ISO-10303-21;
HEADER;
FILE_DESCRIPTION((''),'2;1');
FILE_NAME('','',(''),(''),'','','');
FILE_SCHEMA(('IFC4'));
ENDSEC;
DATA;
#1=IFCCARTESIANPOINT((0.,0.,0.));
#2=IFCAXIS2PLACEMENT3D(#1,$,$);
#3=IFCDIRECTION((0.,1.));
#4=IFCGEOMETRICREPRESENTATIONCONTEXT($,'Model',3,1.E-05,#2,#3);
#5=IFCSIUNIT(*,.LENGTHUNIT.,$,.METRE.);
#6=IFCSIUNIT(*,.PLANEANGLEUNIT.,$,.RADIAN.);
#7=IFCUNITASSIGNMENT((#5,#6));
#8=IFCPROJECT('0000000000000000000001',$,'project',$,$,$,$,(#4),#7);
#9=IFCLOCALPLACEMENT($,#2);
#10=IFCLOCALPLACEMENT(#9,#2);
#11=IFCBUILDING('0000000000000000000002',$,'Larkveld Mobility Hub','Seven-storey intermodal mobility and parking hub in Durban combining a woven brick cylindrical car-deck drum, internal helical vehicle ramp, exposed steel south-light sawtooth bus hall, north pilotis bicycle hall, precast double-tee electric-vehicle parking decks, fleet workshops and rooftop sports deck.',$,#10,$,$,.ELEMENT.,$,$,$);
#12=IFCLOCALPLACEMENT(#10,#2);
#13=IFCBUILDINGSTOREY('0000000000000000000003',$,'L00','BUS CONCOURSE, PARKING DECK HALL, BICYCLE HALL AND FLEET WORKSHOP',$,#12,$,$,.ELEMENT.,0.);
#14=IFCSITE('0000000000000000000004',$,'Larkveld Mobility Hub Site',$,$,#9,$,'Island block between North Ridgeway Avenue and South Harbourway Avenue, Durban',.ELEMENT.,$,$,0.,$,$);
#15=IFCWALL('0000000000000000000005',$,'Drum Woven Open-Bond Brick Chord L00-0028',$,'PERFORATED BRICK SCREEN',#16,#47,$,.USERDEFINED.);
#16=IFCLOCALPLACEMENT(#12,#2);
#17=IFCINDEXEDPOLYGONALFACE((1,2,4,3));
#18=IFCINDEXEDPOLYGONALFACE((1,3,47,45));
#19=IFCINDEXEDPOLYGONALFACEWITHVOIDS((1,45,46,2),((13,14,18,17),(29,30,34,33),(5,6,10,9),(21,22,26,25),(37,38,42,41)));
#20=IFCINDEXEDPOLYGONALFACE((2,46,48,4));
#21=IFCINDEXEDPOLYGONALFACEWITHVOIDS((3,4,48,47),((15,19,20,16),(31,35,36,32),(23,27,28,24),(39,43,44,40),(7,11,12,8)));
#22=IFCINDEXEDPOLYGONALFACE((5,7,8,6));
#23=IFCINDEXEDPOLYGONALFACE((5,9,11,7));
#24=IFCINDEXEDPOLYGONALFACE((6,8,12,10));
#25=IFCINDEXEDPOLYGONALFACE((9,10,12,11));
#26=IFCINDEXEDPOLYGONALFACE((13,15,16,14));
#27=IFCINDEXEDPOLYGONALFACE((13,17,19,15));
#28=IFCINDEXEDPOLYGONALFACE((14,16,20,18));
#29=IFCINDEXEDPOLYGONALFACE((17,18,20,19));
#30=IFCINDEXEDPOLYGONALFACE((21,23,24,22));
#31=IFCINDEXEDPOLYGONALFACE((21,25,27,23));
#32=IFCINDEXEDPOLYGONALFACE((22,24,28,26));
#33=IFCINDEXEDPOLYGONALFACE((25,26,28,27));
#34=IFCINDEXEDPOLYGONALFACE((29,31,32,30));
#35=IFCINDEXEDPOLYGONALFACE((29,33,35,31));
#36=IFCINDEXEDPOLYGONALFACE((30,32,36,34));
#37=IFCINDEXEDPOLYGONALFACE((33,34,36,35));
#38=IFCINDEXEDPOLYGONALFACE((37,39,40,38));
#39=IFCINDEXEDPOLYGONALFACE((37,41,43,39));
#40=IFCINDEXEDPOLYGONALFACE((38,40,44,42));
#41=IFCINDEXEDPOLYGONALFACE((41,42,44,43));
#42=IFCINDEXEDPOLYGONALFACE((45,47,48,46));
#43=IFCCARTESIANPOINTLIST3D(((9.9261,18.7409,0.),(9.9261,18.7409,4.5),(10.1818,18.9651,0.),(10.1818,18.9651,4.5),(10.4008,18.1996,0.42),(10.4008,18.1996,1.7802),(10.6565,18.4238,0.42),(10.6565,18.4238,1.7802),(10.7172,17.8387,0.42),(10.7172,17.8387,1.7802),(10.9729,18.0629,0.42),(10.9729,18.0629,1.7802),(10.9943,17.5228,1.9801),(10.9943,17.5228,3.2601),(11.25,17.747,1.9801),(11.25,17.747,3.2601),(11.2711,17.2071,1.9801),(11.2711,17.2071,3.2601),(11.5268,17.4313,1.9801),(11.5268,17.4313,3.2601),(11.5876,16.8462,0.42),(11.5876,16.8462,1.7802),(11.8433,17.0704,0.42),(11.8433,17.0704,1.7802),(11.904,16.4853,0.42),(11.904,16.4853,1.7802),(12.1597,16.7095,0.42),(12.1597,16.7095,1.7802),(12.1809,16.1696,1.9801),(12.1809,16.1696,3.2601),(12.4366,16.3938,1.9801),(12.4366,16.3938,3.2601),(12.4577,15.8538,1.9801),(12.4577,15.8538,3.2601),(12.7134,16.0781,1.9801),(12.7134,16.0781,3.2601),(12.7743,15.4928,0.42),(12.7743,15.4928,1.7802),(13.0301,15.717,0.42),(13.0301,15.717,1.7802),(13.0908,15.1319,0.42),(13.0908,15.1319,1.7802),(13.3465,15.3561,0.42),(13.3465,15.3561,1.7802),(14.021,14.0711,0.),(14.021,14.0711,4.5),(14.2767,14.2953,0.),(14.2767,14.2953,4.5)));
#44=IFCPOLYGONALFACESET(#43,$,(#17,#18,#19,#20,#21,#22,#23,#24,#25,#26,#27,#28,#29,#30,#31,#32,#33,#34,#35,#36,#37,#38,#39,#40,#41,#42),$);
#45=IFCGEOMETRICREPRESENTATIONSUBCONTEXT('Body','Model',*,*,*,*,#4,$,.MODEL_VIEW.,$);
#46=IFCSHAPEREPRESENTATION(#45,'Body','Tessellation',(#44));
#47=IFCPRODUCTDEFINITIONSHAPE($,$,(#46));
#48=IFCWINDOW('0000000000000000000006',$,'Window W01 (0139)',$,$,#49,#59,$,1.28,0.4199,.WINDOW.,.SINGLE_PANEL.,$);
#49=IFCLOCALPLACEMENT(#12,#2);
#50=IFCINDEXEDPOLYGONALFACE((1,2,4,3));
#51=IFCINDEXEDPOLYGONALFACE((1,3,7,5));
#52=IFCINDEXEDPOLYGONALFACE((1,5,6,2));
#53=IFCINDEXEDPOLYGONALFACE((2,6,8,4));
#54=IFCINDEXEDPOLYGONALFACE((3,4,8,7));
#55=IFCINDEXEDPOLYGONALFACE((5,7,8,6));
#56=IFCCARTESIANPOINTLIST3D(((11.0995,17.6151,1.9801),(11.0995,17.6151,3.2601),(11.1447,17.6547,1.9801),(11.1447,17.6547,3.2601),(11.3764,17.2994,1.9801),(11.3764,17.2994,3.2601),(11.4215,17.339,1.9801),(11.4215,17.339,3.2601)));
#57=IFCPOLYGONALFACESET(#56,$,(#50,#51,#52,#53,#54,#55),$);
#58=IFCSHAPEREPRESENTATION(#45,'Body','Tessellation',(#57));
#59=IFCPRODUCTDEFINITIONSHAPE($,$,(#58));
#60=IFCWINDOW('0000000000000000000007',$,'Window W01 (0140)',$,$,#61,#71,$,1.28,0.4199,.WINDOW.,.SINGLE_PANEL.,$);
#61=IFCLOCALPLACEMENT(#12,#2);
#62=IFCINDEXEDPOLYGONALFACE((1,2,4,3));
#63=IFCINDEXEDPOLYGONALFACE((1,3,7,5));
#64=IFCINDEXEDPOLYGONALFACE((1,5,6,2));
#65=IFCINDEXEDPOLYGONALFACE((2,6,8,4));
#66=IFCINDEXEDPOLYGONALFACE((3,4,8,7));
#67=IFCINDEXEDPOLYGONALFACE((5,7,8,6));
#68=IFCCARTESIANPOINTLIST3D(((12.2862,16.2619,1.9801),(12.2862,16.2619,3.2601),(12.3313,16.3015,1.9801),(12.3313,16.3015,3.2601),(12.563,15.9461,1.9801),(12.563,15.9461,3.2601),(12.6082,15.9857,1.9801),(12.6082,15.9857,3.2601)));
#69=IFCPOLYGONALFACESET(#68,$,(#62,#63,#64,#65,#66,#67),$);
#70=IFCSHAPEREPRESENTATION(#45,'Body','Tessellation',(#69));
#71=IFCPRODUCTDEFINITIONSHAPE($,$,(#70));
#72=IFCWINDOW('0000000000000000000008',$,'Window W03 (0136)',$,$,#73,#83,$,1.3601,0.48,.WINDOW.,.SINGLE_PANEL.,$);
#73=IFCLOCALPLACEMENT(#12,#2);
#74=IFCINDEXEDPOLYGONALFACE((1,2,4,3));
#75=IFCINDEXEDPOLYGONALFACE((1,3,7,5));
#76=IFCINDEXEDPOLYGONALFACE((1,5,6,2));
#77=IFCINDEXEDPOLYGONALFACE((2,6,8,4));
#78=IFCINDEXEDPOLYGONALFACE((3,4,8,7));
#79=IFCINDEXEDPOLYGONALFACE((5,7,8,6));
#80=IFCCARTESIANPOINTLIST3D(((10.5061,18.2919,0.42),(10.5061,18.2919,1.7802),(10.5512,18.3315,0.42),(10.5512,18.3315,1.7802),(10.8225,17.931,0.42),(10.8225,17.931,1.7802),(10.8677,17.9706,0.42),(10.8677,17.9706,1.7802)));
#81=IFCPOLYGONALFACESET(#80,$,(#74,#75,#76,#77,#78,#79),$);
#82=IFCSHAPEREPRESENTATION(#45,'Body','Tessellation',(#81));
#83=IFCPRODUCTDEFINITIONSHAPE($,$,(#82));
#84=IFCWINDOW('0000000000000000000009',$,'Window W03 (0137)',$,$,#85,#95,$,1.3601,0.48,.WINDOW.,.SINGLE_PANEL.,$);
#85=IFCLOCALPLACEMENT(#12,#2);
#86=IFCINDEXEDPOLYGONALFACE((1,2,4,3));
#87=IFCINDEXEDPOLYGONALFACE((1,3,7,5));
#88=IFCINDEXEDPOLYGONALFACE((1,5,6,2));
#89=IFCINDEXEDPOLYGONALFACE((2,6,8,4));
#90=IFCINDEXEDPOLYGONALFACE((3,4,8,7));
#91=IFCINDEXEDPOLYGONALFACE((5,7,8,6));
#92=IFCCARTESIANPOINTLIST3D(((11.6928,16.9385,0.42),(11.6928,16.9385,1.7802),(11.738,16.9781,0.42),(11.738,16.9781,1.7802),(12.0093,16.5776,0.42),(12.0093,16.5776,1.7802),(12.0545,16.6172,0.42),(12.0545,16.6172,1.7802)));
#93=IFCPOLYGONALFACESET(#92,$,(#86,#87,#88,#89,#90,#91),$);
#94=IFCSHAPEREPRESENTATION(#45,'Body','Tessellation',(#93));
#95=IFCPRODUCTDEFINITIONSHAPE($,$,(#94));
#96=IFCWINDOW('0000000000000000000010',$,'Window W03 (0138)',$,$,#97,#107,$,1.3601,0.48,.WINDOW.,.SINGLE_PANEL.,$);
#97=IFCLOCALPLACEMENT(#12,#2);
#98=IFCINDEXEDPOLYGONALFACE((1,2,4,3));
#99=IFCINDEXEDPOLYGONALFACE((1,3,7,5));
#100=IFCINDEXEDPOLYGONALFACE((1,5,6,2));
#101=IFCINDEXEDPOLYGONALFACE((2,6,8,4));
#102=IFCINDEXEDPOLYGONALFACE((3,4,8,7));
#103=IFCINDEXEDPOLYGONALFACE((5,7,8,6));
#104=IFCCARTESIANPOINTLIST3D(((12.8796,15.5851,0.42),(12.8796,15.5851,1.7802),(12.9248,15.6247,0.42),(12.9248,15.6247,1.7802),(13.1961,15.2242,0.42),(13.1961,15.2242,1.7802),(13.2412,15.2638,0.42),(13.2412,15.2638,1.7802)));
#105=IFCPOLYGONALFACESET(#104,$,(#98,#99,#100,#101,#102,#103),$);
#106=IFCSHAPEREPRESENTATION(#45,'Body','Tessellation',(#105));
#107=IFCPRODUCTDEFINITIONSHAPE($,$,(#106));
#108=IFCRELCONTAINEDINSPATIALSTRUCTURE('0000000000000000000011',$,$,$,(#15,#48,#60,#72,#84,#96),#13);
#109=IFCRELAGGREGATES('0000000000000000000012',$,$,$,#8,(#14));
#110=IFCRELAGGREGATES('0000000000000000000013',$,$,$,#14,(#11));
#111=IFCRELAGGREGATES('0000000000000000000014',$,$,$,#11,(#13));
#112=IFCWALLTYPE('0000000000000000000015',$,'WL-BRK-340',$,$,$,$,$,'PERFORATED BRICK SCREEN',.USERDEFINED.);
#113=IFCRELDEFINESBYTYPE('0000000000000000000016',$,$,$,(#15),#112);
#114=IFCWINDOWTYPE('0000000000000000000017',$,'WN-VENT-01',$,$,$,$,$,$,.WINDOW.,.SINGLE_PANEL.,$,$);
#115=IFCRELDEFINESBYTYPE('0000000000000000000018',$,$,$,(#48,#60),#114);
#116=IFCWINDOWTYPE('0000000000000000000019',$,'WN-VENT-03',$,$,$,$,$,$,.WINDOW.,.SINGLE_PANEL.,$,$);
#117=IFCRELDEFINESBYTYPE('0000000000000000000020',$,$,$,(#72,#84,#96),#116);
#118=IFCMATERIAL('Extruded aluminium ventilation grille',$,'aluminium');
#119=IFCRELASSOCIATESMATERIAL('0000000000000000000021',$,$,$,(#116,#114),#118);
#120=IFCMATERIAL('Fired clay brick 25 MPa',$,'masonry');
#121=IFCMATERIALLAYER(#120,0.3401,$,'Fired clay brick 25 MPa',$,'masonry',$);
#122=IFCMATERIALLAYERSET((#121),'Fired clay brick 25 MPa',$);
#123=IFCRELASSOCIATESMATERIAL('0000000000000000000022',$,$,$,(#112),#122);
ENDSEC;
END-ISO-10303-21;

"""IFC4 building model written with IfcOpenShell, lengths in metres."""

from ifc_helpers import new_model, si_unit, direction, frame, frame_2d, origin, place, context, subcontext, project, spatial, rectangle, extrude, material, layer, layer_set, type_object, element, fill, save


model = new_model("IFC4")

# Units and contexts
model_context = context("Model", 3, precision=1e-05, world=origin(), true_north=direction((0.0, 1.0)))
body_context = subcontext(model_context, "Body", "Model", "MODEL_VIEW")
ifc_project = project(units=[si_unit("LENGTHUNIT", "METRE"), si_unit("PLANEANGLEUNIT", "RADIAN")], contexts=[model_context])

# Site, building, storey
site_placement = place(None, origin())
site = spatial("IfcSite", under=ifc_project, at=site_placement, Name="Larkveld Mobility Hub Site", LongName="Island block between North Ridgeway Avenue and South Harbourway Avenue, Durban", CompositionType="ELEMENT", RefElevation=0.0)
building_placement = place(site_placement, origin())
building = spatial("IfcBuilding", under=site, at=building_placement, Name="Larkveld Mobility Hub", Description="Seven-storey intermodal mobility and parking hub in Durban combining a woven brick cylindrical car-deck drum, internal helical vehicle ramp, exposed steel south-light sawtooth bus hall, north pilotis bicycle hall, precast double-tee electric-vehicle parking decks, fleet workshops and rooftop sports deck.", CompositionType="ELEMENT")
storey_placement = place(building_placement, origin())
storey = spatial("IfcBuildingStorey", under=building, at=storey_placement, Name="L00", Description="BUS CONCOURSE, PARKING DECK HALL, BICYCLE HALL AND FLEET WORKSHOP", CompositionType="ELEMENT", Elevation=0.0)

# Wall, openings, windows
ifc_material_1 = material(Name="Fired clay brick 25 MPa", Category="masonry")
ifc_material_2 = material(Name="Extruded aluminium ventilation grille", Category="aluminium")
window_type_1 = type_object("IfcWindowType", Name="WN-VENT-03", PartitioningType="SINGLE_PANEL", PredefinedType="WINDOW", material=ifc_material_2)
ifc_layer_1 = layer(ifc_material_1, 0.3401, Name="Fired clay brick 25 MPa", Category="masonry")
ifc_layer_set_1 = layer_set([ifc_layer_1], Name="Fired clay brick 25 MPa")
wall_type_1 = type_object("IfcWallType", Name="WL-BRK-340", ElementType="PERFORATED BRICK SCREEN", PredefinedType="USERDEFINED", material=ifc_layer_set_1)
wall_1_placement = place(storey_placement, frame((10.054, 18.853, 0.0), z_axis=(0.0, 0.0, 1.0), x_axis=(0.659306, -0.751875, 0.0)))
wall_1 = element("IfcWall", 1, at=wall_1_placement, inside=storey, type_object=wall_type_1, Name="Drum Woven Open-Bond Brick Chord L00-0028", ObjectType="PERFORATED BRICK SCREEN", PredefinedType="USERDEFINED", context=body_context, shape_type="SweptSolid", body=[
    extrude(rectangle(XDim=6.2109, YDim=0.3401, at=frame_2d((3.1055, 0.0))), origin(), (0.0, 0.0, 1.0), 4.5),
])
opening_1_placement = place(wall_1_placement, frame((0.72, 0.0, 0.4199)))
opening_1 = element("IfcOpeningElement", 2, at=opening_1_placement, cuts=wall_1, PredefinedType="OPENING", context=body_context, shape_type="SweptSolid", body=[
    extrude(rectangle(XDim=0.48, YDim=1.3601, at=frame_2d((0.24, 0.6802))), frame((0.0, 0.1802, 0.0), z_axis=(0.0, -1.0, 0.0), x_axis=(1.0, 0.0, 0.0)), (0.0, 0.0, 1.0), 0.3601),
])
opening_2_placement = place(wall_1_placement, frame((2.52, 0.0, 0.4199)))
opening_2 = element("IfcOpeningElement", 3, at=opening_2_placement, cuts=wall_1, PredefinedType="OPENING", context=body_context, shape_type="SweptSolid", body=[
    extrude(rectangle(XDim=0.48, YDim=1.3601, at=frame_2d((0.24, 0.6802))), frame((0.0, 0.1802, 0.0), z_axis=(0.0, -1.0, 0.0), x_axis=(1.0, 0.0, 0.0)), (0.0, 0.0, 1.0), 0.3601),
])
opening_3_placement = place(wall_1_placement, frame((4.3201, 0.0, 0.4199)))
opening_3 = element("IfcOpeningElement", 4, at=opening_3_placement, cuts=wall_1, PredefinedType="OPENING", context=body_context, shape_type="SweptSolid", body=[
    extrude(rectangle(XDim=0.48, YDim=1.3601, at=frame_2d((0.24, 0.6802))), frame((0.0, 0.1802, 0.0), z_axis=(0.0, -1.0, 0.0), x_axis=(1.0, 0.0, 0.0)), (0.0, 0.0, 1.0), 0.3601),
])
opening_4_placement = place(wall_1_placement, frame((1.6201, 0.0, 1.98)))
opening_4 = element("IfcOpeningElement", 5, at=opening_4_placement, cuts=wall_1, PredefinedType="OPENING", context=body_context, shape_type="SweptSolid", body=[
    extrude(rectangle(XDim=0.4199, YDim=1.28, at=frame_2d((0.21, 0.6401))), frame((0.0, 0.1802, 0.0), z_axis=(0.0, -1.0, 0.0), x_axis=(1.0, 0.0, 0.0)), (0.0, 0.0, 1.0), 0.3601),
])
opening_5_placement = place(wall_1_placement, frame((3.4199, 0.0, 1.98)))
opening_5 = element("IfcOpeningElement", 6, at=opening_5_placement, cuts=wall_1, PredefinedType="OPENING", context=body_context, shape_type="SweptSolid", body=[
    extrude(rectangle(XDim=0.4199, YDim=1.28, at=frame_2d((0.21, 0.6401))), frame((0.0, 0.1802, 0.0), z_axis=(0.0, -1.0, 0.0), x_axis=(1.0, 0.0, 0.0)), (0.0, 0.0, 1.0), 0.3601),
])
window_type_2 = type_object("IfcWindowType", Name="WN-VENT-01", PartitioningType="SINGLE_PANEL", PredefinedType="WINDOW", material=ifc_material_2)
window_1_placement = place(opening_4_placement, origin())
window_1 = element("IfcWindow", 7, at=window_1_placement, inside=storey, type_object=window_type_2, Name="Window W01 (0139)", OverallHeight=1.28, OverallWidth=0.4199, PartitioningType="SINGLE_PANEL", PredefinedType="WINDOW", context=body_context, shape_type="SweptSolid", body=[
    extrude(rectangle(XDim=0.4199, YDim=1.28, at=frame_2d((0.21, 0.6401))), frame((0.0, 0.03, 0.0), z_axis=(0.0, -1.0, 0.0), x_axis=(1.0, 0.0, 0.0)), (0.0, 0.0, 1.0), 0.0601),
])
fill(opening_4, window_1)
window_2_placement = place(opening_5_placement, origin())
window_2 = element("IfcWindow", 8, at=window_2_placement, inside=storey, type_object=window_type_2, Name="Window W01 (0140)", OverallHeight=1.28, OverallWidth=0.4199, PartitioningType="SINGLE_PANEL", PredefinedType="WINDOW", context=body_context, shape_type="SweptSolid", body=[
    extrude(rectangle(XDim=0.4199, YDim=1.28, at=frame_2d((0.21, 0.6401))), frame((0.0, 0.03, 0.0), z_axis=(0.0, -1.0, 0.0), x_axis=(1.0, 0.0, 0.0)), (0.0, 0.0, 1.0), 0.0601),
])
fill(opening_5, window_2)
window_3_placement = place(opening_1_placement, origin())
window_3 = element("IfcWindow", 9, at=window_3_placement, inside=storey, type_object=window_type_1, Name="Window W03 (0136)", OverallHeight=1.3601, OverallWidth=0.48, PartitioningType="SINGLE_PANEL", PredefinedType="WINDOW", context=body_context, shape_type="SweptSolid", body=[
    extrude(rectangle(XDim=0.48, YDim=1.3601, at=frame_2d((0.24, 0.6802))), frame((0.0, 0.03, 0.0), z_axis=(0.0, -1.0, 0.0), x_axis=(1.0, 0.0, 0.0)), (0.0, 0.0, 1.0), 0.0601),
])
fill(opening_1, window_3)
window_4_placement = place(opening_2_placement, origin())
window_4 = element("IfcWindow", 10, at=window_4_placement, inside=storey, type_object=window_type_1, Name="Window W03 (0137)", OverallHeight=1.3601, OverallWidth=0.48, PartitioningType="SINGLE_PANEL", PredefinedType="WINDOW", context=body_context, shape_type="SweptSolid", body=[
    extrude(rectangle(XDim=0.48, YDim=1.3601, at=frame_2d((0.24, 0.6802))), frame((0.0, 0.03, 0.0), z_axis=(0.0, -1.0, 0.0), x_axis=(1.0, 0.0, 0.0)), (0.0, 0.0, 1.0), 0.0601),
])
fill(opening_2, window_4)
window_5_placement = place(opening_3_placement, origin())
window_5 = element("IfcWindow", 11, at=window_5_placement, inside=storey, type_object=window_type_1, Name="Window W03 (0138)", OverallHeight=1.3601, OverallWidth=0.48, PartitioningType="SINGLE_PANEL", PredefinedType="WINDOW", context=body_context, shape_type="SweptSolid", body=[
    extrude(rectangle(XDim=0.48, YDim=1.3601, at=frame_2d((0.24, 0.6802))), frame((0.0, 0.03, 0.0), z_axis=(0.0, -1.0, 0.0), x_axis=(1.0, 0.0, 0.0)), (0.0, 0.0, 1.0), 0.0601),
])
fill(opening_3, window_5)

save(model, "model.ifc")
